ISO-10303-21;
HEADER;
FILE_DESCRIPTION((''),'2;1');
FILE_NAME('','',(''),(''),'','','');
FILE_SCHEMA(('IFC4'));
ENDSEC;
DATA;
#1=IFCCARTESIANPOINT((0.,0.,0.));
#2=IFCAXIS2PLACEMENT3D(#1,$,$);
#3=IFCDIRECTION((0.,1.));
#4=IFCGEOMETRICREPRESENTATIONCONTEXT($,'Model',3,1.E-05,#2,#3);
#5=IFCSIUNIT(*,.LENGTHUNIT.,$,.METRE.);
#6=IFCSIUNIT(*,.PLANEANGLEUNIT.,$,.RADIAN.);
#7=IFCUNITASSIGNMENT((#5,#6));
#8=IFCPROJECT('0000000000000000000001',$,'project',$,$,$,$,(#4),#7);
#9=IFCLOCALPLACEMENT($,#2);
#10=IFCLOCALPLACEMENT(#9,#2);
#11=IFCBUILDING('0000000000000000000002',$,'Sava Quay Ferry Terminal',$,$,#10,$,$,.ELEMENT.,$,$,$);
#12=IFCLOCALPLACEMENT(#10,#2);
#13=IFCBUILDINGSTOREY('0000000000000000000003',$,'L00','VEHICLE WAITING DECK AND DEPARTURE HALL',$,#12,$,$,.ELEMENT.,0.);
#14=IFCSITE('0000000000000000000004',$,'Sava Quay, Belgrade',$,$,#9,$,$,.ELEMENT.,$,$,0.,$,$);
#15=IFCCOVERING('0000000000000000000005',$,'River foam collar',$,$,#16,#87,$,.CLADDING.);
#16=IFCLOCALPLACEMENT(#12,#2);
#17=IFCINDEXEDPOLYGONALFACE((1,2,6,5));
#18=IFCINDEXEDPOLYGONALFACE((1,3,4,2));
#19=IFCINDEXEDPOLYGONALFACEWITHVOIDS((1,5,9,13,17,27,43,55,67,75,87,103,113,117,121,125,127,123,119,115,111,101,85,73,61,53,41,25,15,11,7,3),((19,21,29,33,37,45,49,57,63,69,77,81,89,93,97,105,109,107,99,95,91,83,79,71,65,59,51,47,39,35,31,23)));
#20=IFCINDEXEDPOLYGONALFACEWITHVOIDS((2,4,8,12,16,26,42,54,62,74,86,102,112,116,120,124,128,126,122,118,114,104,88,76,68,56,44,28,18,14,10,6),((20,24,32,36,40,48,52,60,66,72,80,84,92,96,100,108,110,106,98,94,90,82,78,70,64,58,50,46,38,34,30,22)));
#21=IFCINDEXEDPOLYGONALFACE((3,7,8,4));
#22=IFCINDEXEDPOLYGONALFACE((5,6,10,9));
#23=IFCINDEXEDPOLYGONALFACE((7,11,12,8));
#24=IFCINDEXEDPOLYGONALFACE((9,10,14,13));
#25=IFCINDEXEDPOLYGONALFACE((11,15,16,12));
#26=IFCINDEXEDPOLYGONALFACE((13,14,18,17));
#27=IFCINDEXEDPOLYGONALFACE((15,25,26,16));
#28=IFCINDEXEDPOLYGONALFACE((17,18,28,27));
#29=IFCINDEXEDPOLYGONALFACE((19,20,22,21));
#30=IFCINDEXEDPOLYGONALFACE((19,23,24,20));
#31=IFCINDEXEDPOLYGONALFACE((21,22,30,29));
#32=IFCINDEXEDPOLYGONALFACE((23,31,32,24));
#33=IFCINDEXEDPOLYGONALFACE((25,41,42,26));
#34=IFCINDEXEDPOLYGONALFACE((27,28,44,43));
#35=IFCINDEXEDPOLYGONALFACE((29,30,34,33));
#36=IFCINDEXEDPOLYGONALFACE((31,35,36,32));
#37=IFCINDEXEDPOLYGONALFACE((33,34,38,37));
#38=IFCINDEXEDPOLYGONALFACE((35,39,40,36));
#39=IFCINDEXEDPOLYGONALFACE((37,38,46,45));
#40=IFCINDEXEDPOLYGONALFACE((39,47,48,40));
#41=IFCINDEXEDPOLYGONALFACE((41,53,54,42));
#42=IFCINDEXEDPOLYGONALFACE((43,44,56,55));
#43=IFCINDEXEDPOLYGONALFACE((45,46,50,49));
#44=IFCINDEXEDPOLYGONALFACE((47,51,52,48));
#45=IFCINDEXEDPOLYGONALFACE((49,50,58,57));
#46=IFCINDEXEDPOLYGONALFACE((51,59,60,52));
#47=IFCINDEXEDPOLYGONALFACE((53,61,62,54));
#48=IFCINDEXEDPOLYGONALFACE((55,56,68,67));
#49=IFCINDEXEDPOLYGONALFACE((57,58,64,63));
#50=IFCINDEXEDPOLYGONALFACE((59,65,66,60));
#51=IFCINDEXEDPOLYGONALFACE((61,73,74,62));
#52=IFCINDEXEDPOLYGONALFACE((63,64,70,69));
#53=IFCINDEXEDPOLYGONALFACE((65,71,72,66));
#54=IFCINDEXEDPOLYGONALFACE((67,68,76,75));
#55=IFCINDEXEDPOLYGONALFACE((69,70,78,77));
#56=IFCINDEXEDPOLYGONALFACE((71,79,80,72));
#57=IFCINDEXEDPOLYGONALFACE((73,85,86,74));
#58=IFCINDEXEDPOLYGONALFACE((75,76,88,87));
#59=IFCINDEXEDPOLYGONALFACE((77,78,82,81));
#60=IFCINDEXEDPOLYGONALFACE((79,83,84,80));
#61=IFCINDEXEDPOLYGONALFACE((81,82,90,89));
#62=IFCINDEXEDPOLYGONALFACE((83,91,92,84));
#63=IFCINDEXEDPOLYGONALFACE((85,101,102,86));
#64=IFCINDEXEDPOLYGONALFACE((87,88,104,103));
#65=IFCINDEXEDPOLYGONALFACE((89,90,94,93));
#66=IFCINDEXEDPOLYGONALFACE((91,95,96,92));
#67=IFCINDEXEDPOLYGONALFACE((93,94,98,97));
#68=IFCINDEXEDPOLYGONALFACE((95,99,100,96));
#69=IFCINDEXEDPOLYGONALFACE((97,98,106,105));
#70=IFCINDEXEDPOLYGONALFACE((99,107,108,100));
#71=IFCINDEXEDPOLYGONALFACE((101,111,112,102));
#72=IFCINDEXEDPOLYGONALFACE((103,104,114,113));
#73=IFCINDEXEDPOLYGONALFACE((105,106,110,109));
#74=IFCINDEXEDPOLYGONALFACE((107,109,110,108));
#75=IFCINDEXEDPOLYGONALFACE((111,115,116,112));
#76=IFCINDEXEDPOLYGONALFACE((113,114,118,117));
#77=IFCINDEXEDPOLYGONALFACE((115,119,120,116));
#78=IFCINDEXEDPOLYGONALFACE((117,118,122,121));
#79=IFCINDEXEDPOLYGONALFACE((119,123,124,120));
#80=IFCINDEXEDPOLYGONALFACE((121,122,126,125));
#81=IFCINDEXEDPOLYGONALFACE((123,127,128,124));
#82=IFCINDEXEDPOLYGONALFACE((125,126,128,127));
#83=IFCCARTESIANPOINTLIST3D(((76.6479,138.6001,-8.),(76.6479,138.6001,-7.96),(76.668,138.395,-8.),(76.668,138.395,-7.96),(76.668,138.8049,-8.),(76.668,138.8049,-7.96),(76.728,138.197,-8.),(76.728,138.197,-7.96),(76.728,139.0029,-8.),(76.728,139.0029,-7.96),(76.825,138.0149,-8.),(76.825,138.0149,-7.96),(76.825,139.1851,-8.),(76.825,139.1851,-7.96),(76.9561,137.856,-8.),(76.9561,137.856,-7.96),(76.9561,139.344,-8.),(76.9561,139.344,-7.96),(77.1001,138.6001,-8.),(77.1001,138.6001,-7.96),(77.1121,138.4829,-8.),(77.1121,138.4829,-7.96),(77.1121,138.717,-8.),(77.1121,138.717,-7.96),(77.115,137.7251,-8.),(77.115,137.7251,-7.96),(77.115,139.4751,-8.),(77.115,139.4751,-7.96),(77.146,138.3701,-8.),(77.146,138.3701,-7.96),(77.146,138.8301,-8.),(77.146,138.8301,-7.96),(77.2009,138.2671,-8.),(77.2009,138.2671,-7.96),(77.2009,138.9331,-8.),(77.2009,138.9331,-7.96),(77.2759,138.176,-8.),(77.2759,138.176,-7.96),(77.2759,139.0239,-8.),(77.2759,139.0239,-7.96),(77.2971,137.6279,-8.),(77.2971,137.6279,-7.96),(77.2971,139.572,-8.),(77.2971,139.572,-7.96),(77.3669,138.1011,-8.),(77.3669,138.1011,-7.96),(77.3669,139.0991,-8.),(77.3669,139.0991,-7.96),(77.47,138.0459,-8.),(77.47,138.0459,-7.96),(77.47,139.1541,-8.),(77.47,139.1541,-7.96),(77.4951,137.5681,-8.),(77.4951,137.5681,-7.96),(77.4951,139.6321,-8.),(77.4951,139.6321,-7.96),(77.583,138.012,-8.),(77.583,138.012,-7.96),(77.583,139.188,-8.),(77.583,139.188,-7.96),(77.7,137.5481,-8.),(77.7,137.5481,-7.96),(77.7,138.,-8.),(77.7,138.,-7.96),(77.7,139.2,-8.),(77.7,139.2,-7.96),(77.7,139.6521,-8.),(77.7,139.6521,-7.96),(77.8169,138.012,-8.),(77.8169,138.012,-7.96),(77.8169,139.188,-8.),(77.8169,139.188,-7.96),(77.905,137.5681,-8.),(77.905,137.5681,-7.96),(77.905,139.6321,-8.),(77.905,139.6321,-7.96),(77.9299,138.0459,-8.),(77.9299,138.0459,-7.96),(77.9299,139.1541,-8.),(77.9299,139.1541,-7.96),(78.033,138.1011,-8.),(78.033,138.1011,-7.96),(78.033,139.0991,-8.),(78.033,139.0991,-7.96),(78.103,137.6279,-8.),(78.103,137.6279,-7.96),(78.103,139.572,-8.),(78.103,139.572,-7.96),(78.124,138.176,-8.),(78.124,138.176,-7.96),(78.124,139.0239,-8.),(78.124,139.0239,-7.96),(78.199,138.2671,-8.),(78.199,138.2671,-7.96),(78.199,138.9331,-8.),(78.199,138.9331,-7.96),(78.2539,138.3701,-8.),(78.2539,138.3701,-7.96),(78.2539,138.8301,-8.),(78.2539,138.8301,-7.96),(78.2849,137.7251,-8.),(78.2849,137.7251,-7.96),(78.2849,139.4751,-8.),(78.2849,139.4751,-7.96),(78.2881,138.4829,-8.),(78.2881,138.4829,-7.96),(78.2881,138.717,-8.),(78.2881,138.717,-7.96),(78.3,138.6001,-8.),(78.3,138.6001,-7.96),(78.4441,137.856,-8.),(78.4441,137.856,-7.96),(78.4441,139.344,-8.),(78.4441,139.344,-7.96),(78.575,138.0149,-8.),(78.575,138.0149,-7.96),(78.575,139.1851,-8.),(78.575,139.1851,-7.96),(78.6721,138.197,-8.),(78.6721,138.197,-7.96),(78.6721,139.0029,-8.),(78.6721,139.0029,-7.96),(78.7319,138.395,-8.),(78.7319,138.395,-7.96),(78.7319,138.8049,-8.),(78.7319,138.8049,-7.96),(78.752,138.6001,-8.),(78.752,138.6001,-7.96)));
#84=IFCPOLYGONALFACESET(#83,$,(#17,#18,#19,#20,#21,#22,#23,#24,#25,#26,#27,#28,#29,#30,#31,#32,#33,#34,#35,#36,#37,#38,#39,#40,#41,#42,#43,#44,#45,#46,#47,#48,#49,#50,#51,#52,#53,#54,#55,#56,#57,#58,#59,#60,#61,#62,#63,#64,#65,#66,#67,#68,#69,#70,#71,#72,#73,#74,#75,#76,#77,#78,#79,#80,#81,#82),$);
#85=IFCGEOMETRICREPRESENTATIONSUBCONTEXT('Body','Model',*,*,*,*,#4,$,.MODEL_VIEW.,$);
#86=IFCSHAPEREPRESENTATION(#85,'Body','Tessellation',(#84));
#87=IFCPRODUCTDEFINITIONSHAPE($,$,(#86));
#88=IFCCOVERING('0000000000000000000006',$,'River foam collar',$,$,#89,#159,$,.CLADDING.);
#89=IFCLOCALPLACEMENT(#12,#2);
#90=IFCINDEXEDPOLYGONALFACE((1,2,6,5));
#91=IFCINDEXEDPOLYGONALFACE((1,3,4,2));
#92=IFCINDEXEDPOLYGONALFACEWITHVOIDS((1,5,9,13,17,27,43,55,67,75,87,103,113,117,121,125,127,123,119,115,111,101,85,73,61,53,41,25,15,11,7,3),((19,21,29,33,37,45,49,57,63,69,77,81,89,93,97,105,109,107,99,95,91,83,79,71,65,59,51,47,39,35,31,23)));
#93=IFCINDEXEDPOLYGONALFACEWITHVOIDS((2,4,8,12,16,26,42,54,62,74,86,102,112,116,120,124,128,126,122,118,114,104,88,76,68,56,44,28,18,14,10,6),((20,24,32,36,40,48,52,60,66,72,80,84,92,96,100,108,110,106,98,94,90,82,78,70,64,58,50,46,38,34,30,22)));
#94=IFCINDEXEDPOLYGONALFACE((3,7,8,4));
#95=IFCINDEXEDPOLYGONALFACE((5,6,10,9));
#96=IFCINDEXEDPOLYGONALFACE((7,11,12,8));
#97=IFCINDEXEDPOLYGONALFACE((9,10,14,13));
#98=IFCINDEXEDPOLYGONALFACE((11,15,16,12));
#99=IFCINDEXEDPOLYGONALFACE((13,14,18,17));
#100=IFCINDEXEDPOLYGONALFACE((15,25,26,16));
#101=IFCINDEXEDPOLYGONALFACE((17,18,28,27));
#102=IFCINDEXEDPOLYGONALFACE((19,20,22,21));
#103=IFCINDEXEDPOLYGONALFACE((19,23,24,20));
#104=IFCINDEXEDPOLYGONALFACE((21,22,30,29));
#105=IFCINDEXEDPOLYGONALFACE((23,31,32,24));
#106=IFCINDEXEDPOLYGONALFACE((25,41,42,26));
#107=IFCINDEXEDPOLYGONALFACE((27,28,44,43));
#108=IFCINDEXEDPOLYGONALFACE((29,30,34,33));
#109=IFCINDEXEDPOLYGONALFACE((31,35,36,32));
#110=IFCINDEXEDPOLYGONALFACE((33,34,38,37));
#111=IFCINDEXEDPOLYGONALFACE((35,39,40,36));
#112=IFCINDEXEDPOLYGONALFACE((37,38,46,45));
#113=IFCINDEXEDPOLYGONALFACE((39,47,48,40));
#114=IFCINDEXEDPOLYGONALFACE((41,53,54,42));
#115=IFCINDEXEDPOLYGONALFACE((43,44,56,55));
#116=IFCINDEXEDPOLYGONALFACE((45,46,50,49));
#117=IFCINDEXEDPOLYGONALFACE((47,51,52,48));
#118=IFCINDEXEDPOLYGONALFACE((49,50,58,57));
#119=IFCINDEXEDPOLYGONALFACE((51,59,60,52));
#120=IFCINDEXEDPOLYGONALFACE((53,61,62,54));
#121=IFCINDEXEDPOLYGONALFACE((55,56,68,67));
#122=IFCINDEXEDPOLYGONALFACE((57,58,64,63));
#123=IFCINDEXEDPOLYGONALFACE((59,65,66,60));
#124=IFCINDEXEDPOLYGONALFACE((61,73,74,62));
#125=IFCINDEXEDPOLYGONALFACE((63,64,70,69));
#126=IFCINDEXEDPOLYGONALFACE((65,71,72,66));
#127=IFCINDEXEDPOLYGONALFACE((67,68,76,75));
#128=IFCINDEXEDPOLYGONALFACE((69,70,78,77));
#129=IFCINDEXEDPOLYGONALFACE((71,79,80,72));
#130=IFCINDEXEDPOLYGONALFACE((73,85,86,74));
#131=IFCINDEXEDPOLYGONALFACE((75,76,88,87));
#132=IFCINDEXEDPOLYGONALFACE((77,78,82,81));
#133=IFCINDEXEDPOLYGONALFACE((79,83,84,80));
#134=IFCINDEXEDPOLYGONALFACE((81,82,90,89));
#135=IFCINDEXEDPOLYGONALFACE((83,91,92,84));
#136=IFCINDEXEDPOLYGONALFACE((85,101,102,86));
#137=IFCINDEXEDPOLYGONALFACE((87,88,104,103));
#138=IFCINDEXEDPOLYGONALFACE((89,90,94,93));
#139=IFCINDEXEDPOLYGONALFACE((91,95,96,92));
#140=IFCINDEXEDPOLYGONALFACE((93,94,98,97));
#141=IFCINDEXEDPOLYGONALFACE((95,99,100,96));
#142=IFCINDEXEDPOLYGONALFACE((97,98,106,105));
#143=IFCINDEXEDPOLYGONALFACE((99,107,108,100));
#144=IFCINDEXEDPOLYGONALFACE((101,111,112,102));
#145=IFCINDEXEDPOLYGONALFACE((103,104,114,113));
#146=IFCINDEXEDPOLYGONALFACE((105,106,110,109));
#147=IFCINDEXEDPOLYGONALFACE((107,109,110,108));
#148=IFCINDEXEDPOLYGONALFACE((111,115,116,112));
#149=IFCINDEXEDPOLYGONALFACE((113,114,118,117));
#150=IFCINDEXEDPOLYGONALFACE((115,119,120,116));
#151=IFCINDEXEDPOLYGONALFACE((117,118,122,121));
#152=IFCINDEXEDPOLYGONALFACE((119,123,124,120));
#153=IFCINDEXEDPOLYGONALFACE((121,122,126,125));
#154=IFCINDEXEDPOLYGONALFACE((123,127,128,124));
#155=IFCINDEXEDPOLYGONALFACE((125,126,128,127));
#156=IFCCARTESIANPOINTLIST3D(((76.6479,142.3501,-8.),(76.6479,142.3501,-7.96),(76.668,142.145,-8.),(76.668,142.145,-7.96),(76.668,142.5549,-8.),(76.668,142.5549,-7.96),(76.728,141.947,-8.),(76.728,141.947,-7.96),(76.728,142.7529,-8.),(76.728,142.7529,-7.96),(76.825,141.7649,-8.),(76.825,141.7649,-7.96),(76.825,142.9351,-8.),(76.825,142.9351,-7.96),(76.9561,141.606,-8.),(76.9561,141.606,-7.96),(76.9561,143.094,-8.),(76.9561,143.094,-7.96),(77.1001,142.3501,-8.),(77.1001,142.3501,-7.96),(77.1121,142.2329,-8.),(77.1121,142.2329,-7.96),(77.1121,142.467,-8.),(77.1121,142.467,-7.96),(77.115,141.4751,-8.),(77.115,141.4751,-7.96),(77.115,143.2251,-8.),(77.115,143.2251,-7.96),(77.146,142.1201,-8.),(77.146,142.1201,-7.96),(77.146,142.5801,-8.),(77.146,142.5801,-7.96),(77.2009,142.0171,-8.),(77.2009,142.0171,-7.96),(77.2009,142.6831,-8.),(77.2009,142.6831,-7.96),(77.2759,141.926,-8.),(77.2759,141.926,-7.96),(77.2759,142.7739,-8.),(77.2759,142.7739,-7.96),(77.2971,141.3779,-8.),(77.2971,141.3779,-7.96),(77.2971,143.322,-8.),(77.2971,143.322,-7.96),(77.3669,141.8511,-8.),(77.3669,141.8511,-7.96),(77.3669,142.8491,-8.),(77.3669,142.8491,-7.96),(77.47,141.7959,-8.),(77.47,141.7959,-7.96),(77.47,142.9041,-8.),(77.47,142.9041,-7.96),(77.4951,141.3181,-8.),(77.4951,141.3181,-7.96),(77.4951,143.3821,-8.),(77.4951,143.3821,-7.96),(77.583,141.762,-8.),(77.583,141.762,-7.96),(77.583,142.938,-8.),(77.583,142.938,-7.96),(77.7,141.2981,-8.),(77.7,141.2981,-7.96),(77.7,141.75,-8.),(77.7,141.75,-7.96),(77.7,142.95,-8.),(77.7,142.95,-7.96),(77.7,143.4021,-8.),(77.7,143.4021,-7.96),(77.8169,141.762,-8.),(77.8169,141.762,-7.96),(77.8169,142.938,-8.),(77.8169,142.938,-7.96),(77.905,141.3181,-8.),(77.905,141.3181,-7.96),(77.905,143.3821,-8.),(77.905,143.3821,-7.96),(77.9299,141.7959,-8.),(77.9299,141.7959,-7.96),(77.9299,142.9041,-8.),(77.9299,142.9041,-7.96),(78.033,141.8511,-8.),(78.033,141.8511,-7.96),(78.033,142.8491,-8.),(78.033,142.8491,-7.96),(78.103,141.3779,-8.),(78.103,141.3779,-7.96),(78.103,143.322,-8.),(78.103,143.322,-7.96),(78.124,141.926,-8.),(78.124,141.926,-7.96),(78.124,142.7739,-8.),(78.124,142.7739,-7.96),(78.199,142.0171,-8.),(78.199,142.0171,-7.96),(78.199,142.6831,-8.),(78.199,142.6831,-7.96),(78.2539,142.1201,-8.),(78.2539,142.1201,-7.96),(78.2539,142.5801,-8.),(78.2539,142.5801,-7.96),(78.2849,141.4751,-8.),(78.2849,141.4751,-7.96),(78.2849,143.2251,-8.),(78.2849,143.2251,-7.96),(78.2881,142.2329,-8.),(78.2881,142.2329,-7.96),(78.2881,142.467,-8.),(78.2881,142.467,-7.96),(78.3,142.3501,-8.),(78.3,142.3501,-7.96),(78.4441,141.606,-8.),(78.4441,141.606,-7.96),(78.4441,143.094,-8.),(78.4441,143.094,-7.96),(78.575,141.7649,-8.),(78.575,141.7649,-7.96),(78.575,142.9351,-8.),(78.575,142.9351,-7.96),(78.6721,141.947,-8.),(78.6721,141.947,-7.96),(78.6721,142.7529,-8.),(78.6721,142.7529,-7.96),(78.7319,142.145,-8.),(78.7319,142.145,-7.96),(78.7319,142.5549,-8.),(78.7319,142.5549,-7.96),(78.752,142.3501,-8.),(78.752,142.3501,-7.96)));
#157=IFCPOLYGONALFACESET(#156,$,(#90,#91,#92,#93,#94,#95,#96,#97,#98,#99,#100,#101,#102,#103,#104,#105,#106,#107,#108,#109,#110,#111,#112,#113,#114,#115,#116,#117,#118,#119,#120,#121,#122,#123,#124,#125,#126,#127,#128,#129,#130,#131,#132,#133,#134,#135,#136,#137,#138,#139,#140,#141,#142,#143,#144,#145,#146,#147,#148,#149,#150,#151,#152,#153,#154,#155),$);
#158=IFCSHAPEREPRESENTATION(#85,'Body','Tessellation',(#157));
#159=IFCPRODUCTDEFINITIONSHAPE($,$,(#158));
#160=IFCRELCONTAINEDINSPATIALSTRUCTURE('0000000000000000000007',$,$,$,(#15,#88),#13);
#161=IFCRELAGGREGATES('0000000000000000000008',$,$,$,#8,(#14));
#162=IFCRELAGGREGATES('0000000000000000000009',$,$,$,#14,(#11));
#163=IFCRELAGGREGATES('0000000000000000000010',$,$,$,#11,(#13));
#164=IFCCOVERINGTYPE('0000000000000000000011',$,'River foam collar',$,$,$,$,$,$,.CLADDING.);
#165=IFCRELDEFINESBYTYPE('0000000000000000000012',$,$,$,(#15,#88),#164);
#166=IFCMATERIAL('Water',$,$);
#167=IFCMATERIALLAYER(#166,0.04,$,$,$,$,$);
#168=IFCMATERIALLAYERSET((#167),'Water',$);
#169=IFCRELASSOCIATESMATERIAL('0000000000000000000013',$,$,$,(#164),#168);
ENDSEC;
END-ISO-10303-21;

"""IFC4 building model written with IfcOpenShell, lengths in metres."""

from ifc_helpers import new_model, si_unit, direction, frame, origin, place, context, subcontext, project, spatial, polyline, outline, extrude, material, layer, layer_set, type_object, element, save


model = new_model("IFC4")

# Units and contexts
model_context = context("Model", 3, precision=1e-05, world=origin(), true_north=direction((0.0, 1.0)))
body_context = subcontext(model_context, "Body", "Model", "MODEL_VIEW")
ifc_project = project(units=[si_unit("LENGTHUNIT", "METRE"), si_unit("PLANEANGLEUNIT", "RADIAN")], contexts=[model_context])

# Site, building, storey
site_placement = place(None, origin())
site = spatial("IfcSite", under=ifc_project, at=site_placement, Name="Sava Quay, Belgrade", CompositionType="ELEMENT", RefElevation=0.0)
building_placement = place(site_placement, origin())
building = spatial("IfcBuilding", under=site, at=building_placement, Name="Sava Quay Ferry Terminal", CompositionType="ELEMENT")
storey_placement = place(building_placement, origin())
storey = spatial("IfcBuildingStorey", under=building, at=storey_placement, Name="L00", Description="VEHICLE WAITING DECK AND DEPARTURE HALL", CompositionType="ELEMENT", Elevation=0.0)

# Coverings
ifc_material = material(Name="Water")
ifc_layer = layer(ifc_material, 0.04)
ifc_layer_set = layer_set([ifc_layer], Name="Water")
covering_type = type_object("IfcCoveringType", Name="River foam collar", PredefinedType="CLADDING", material=ifc_layer_set)
covering_1_placement = place(storey_placement, frame((0.0, 0.0, -8.0)))
element("IfcCovering", 1, at=covering_1_placement, inside=storey, type_object=covering_type, Name="River foam collar", PredefinedType="CLADDING", context=body_context, shape_type="SweptSolid", body=[
    extrude(outline(polyline([(78.752, 138.6001), (78.7319, 138.8049), (78.6721, 139.0029), (78.575, 139.1851), (78.4441, 139.344), (78.2849, 139.4751), (78.103, 139.572), (77.905, 139.6321), (77.7, 139.6521), (77.4951, 139.6321), (77.2971, 139.572), (77.115, 139.4751), (76.9561, 139.344), (76.825, 139.1851), (76.728, 139.0029), (76.668, 138.8049), (76.6479, 138.6001), (76.668, 138.395), (76.728, 138.197), (76.825, 138.0149), (76.9561, 137.856), (77.115, 137.7251), (77.2971, 137.6279), (77.4951, 137.5681), (77.7, 137.5481), (77.905, 137.5681), (78.103, 137.6279), (78.2849, 137.7251), (78.4441, 137.856), (78.575, 138.0149), (78.6721, 138.197), (78.7319, 138.395), (78.752, 138.6001)]), holes=[polyline([(78.3, 138.6001), (78.2881, 138.4829), (78.2539, 138.3701), (78.199, 138.2671), (78.124, 138.176), (78.033, 138.1011), (77.9299, 138.0459), (77.8169, 138.012), (77.7, 138.0), (77.583, 138.012), (77.47, 138.0459), (77.3669, 138.1011), (77.2759, 138.176), (77.2009, 138.2671), (77.146, 138.3701), (77.1121, 138.4829), (77.1001, 138.6001), (77.1121, 138.717), (77.146, 138.8301), (77.2009, 138.9331), (77.2759, 139.0239), (77.3669, 139.0991), (77.47, 139.1541), (77.583, 139.188), (77.7, 139.2), (77.8169, 139.188), (77.9299, 139.1541), (78.033, 139.0991), (78.124, 139.0239), (78.199, 138.9331), (78.2539, 138.8301), (78.2881, 138.717), (78.3, 138.6001)])]), origin(), (0.0, 0.0, 1.0), 0.04),
])
covering_2_placement = place(storey_placement, frame((0.0, 0.0, -8.0)))
element("IfcCovering", 2, at=covering_2_placement, inside=storey, type_object=covering_type, Name="River foam collar", PredefinedType="CLADDING", context=body_context, shape_type="SweptSolid", body=[
    extrude(outline(polyline([(78.7319, 142.145), (78.752, 142.3501), (78.7319, 142.5549), (78.6721, 142.7529), (78.575, 142.9351), (78.4441, 143.094), (78.2849, 143.2251), (78.103, 143.322), (77.905, 143.3821), (77.7, 143.4021), (77.4951, 143.3821), (77.2971, 143.322), (77.115, 143.2251), (76.9561, 143.094), (76.825, 142.9351), (76.728, 142.7529), (76.668, 142.5549), (76.6479, 142.3501), (76.668, 142.145), (76.728, 141.947), (76.825, 141.7649), (76.9561, 141.606), (77.115, 141.4751), (77.2971, 141.3779), (77.4951, 141.3181), (77.7, 141.2981), (77.905, 141.3181), (78.103, 141.3779), (78.2849, 141.4751), (78.4441, 141.606), (78.575, 141.7649), (78.6721, 141.947), (78.7319, 142.145)]), holes=[polyline([(78.2881, 142.467), (78.3, 142.3501), (78.2881, 142.2329), (78.2539, 142.1201), (78.199, 142.0171), (78.124, 141.926), (78.033, 141.8511), (77.9299, 141.7959), (77.8169, 141.762), (77.7, 141.75), (77.583, 141.762), (77.47, 141.7959), (77.3669, 141.8511), (77.2759, 141.926), (77.2009, 142.0171), (77.146, 142.1201), (77.1121, 142.2329), (77.1001, 142.3501), (77.1121, 142.467), (77.146, 142.5801), (77.2009, 142.6831), (77.2759, 142.7739), (77.3669, 142.8491), (77.47, 142.9041), (77.583, 142.938), (77.7, 142.95), (77.8169, 142.938), (77.9299, 142.9041), (78.033, 142.8491), (78.124, 142.7739), (78.199, 142.6831), (78.2539, 142.5801), (78.2881, 142.467)])]), origin(), (0.0, 0.0, 1.0), 0.04),
])

save(model, "model.ifc")
